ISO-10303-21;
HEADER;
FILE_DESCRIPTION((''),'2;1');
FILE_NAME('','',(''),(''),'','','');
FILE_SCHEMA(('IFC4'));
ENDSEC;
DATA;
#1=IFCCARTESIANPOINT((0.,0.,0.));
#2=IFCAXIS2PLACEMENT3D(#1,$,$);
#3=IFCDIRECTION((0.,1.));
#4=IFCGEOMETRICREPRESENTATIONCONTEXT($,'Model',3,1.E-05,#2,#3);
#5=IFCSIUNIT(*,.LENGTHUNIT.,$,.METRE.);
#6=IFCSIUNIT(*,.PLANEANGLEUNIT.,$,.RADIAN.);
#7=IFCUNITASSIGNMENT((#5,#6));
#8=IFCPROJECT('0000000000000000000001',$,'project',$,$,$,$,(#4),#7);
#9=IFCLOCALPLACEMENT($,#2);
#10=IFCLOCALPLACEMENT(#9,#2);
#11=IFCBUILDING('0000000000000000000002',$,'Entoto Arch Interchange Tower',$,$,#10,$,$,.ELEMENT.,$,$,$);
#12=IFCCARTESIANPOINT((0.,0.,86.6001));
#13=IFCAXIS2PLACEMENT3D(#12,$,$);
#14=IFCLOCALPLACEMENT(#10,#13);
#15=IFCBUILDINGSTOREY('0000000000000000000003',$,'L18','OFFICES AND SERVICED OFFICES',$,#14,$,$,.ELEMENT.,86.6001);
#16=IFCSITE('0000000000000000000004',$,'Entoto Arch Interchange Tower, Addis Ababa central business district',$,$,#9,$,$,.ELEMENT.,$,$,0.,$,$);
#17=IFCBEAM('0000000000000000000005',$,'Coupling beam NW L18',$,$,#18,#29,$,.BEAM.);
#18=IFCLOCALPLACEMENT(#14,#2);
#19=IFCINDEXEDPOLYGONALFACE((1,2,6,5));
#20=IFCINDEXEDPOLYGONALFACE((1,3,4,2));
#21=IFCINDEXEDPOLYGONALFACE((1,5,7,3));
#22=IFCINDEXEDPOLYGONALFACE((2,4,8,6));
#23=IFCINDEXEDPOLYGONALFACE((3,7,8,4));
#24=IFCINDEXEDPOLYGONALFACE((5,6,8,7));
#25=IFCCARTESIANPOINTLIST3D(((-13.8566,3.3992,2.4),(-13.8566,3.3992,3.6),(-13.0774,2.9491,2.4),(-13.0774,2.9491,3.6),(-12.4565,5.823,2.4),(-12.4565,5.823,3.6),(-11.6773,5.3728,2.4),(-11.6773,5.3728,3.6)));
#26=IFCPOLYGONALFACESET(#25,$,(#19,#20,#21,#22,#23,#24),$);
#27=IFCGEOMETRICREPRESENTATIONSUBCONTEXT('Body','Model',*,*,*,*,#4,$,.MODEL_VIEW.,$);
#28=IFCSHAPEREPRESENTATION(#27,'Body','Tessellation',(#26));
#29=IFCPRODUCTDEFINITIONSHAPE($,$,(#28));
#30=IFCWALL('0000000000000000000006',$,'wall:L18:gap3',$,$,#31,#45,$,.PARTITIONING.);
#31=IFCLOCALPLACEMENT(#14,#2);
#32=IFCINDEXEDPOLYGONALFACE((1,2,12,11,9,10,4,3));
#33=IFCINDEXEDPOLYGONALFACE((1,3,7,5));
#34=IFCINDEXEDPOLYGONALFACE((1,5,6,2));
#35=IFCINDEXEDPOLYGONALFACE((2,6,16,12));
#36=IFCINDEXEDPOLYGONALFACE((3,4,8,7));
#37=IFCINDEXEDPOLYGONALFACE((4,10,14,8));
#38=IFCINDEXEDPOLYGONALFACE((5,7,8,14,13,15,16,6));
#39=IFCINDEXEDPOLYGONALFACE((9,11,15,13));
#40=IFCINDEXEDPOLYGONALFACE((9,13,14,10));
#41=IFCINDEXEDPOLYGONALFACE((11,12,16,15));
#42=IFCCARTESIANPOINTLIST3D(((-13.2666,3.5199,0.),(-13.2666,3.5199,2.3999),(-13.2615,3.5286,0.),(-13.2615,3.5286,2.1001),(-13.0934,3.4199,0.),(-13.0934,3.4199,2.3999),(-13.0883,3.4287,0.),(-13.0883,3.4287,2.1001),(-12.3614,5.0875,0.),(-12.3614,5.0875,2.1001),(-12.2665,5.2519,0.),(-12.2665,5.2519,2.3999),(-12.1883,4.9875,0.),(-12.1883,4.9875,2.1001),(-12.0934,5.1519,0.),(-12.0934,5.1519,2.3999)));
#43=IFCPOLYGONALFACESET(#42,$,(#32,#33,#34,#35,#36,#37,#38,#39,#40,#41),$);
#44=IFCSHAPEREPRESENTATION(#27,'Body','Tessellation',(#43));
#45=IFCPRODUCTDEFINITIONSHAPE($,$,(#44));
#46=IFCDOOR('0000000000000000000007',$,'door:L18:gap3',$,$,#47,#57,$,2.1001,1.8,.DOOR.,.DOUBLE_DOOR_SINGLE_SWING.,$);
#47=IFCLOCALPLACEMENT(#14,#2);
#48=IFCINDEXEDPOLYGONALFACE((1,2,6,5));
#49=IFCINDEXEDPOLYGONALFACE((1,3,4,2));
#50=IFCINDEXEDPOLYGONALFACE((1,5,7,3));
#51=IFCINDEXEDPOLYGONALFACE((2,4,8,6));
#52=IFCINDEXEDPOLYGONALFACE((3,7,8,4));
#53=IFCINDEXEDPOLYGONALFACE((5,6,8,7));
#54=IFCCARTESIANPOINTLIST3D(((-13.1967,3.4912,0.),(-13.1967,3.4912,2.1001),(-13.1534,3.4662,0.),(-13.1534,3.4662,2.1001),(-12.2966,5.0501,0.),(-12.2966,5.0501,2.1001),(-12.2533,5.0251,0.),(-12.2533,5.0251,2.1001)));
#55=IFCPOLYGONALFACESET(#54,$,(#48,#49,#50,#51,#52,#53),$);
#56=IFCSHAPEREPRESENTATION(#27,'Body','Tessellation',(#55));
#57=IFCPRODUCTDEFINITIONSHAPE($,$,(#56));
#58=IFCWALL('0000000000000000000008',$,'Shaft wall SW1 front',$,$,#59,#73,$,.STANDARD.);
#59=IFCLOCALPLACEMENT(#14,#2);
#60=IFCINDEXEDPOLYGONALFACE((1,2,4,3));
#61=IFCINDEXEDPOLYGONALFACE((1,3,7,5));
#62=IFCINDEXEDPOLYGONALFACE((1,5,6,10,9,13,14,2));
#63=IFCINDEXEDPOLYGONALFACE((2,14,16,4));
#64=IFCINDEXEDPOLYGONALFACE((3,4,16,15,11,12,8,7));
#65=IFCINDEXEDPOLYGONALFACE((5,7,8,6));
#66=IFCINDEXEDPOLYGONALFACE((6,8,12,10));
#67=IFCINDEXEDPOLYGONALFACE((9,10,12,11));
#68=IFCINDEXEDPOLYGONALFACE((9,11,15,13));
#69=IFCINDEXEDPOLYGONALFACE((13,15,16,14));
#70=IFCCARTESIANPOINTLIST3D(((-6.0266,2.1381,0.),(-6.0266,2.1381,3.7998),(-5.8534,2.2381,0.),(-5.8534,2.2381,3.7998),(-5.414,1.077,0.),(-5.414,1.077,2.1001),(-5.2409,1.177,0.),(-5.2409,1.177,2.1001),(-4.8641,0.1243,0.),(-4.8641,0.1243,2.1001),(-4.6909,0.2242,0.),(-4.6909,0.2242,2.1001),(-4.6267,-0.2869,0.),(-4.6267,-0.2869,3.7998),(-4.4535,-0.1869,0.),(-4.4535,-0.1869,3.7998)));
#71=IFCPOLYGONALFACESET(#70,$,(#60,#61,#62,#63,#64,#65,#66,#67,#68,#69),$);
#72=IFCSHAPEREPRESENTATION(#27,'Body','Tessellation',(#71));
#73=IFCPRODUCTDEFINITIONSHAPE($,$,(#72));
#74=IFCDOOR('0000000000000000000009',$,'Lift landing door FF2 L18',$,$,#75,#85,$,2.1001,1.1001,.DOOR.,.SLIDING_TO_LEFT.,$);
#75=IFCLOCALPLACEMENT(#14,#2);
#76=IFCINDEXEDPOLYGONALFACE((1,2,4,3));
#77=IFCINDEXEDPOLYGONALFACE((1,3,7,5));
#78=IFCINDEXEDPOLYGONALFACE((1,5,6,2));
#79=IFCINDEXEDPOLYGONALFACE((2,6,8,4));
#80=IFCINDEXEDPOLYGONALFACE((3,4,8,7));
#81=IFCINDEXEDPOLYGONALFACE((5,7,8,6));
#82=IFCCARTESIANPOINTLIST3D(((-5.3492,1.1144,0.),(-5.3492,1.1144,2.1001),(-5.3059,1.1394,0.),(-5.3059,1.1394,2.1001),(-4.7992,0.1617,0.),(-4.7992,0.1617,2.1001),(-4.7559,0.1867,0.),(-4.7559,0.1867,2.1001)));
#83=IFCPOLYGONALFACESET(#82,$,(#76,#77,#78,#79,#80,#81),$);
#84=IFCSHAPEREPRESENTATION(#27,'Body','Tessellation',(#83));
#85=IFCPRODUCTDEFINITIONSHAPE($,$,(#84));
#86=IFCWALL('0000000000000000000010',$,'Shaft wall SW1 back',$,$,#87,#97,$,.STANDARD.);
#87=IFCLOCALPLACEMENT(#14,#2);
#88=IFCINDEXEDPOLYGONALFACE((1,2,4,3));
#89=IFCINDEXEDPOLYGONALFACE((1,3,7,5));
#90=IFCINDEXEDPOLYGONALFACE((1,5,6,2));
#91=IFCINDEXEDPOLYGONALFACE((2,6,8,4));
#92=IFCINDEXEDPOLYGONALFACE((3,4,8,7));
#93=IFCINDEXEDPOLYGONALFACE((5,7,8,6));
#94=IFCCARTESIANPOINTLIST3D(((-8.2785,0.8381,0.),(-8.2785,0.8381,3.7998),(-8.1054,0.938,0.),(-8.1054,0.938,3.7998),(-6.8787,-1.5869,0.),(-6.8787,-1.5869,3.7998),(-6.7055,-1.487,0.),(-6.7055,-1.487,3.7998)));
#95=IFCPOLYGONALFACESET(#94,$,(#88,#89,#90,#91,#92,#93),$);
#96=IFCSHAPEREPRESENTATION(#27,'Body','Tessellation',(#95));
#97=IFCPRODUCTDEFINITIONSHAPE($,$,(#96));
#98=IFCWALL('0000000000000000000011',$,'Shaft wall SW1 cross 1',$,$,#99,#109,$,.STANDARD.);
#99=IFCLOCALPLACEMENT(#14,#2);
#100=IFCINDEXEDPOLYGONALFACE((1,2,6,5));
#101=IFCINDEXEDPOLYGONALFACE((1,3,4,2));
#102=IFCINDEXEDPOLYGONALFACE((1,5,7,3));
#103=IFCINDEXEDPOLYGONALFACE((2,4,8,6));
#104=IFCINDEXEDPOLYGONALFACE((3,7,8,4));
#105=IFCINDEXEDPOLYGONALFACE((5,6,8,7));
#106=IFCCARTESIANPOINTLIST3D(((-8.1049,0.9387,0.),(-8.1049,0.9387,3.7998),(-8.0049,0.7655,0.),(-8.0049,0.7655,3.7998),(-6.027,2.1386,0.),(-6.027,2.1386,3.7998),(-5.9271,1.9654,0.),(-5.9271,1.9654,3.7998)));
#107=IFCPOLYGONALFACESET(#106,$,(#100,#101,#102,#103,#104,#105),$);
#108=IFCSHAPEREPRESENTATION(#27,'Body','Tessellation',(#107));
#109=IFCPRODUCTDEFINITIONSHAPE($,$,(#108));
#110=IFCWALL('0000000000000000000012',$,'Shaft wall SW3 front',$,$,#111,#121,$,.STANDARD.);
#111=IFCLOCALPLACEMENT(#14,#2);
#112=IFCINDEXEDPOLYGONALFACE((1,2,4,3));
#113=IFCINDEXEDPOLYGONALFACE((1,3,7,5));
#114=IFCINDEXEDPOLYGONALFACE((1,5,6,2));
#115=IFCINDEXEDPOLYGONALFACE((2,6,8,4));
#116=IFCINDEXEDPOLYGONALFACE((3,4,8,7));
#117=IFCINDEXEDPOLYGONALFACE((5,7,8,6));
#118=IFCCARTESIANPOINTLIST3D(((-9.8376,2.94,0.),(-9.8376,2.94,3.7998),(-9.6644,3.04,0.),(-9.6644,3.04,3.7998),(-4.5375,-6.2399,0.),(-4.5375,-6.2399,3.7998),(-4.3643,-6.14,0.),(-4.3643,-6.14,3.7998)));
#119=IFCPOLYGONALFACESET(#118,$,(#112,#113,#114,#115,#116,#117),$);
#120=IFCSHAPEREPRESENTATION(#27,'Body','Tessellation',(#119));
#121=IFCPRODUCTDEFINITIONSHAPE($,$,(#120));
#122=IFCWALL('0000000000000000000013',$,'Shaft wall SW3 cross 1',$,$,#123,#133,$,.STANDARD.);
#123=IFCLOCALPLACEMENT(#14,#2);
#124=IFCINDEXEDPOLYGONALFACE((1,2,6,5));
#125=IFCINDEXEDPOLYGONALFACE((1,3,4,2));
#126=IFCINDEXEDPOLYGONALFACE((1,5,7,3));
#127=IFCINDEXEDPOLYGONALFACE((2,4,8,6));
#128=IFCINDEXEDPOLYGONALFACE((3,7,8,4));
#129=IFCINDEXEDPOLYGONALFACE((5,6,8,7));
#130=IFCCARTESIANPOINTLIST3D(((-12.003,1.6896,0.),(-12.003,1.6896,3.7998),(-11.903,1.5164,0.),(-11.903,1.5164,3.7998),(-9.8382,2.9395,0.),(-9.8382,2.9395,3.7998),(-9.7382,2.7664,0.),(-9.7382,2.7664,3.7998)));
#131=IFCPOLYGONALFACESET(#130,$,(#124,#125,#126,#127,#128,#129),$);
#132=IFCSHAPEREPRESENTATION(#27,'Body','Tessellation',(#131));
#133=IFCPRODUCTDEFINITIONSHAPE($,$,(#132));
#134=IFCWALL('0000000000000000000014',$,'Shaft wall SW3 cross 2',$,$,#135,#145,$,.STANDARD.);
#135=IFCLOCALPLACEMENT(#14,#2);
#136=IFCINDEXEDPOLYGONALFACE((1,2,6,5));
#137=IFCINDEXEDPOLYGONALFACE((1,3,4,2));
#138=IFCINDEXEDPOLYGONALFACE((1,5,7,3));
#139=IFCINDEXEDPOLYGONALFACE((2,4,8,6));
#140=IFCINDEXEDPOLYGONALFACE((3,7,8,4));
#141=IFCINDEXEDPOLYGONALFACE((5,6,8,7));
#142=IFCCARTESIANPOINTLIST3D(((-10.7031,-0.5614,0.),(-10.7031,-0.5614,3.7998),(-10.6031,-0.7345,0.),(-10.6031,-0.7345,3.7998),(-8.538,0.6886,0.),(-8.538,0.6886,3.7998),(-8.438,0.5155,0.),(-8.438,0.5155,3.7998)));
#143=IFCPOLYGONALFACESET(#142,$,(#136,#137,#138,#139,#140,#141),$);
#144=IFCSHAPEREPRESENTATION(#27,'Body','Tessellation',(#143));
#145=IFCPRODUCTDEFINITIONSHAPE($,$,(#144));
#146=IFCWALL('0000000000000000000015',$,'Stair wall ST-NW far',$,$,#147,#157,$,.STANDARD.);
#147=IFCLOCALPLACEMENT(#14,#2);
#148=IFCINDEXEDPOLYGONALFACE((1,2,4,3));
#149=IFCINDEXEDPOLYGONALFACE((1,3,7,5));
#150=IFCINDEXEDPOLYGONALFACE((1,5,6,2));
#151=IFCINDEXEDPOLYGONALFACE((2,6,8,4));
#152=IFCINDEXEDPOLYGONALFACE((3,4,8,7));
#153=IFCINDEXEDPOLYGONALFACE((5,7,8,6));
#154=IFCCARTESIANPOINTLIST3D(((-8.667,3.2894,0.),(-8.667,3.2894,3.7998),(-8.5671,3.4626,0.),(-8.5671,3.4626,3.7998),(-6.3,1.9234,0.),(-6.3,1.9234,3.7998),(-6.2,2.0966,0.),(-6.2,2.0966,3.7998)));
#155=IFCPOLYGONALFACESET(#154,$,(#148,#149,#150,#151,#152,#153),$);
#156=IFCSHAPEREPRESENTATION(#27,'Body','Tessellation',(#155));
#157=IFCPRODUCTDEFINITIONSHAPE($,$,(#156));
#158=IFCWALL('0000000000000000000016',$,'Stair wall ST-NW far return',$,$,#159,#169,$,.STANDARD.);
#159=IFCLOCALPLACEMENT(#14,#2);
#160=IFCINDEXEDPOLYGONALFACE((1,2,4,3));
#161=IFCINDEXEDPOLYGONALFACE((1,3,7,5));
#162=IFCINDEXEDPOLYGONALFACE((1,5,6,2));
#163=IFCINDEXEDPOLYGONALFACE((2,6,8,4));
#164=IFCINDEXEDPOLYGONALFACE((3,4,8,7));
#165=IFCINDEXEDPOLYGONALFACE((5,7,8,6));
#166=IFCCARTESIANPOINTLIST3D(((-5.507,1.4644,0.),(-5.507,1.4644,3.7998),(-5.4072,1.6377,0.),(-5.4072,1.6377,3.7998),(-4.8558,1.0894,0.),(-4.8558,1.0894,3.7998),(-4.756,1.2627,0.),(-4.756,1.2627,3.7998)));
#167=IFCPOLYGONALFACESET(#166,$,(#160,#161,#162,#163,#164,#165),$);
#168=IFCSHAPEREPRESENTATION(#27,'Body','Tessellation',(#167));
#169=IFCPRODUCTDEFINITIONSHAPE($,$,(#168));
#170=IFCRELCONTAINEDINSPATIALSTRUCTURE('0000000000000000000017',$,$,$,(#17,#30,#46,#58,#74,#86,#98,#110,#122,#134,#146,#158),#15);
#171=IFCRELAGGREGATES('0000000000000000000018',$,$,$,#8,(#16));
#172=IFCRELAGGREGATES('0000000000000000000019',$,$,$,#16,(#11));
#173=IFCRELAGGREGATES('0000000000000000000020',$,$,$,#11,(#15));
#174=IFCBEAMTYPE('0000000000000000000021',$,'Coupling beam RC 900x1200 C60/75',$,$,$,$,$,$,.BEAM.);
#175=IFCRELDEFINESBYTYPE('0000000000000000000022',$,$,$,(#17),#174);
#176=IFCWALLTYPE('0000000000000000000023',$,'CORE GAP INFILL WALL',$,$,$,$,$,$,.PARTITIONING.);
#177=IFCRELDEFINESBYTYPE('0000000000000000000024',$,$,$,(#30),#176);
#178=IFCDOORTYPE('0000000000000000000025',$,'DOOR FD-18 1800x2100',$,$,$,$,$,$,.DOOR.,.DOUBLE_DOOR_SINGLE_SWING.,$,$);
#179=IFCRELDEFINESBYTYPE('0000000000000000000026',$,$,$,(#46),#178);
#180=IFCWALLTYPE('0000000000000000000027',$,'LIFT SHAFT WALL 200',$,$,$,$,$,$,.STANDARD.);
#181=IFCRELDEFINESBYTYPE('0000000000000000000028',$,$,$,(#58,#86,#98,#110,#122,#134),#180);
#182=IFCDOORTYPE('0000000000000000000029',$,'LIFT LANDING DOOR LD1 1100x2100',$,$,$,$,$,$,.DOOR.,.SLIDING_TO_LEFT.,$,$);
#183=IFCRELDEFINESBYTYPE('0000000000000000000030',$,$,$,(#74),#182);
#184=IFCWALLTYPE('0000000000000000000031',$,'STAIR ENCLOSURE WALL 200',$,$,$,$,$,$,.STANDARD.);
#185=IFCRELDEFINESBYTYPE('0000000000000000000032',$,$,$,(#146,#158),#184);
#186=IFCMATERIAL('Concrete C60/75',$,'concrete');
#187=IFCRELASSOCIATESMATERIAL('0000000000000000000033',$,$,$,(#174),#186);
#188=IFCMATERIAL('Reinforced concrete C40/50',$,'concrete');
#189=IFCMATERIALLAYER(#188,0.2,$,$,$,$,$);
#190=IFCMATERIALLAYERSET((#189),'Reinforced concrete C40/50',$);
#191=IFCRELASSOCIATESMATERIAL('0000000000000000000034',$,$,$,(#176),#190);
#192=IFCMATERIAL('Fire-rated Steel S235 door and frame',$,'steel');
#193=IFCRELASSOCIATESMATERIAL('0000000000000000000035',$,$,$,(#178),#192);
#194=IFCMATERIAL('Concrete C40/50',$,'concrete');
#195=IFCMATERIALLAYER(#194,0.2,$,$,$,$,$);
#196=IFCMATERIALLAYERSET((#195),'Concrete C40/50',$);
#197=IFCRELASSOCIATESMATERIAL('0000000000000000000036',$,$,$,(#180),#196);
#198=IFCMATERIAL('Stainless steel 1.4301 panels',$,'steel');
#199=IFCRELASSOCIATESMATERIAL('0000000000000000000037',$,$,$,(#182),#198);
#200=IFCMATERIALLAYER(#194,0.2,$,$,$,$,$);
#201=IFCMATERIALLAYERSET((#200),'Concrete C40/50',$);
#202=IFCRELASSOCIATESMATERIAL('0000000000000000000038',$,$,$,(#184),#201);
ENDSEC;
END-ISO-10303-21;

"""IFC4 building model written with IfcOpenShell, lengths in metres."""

from ifc_helpers import new_model, si_unit, direction, frame, frame_2d, origin, origin_2d, place, context, subcontext, project, spatial, rectangle, extrude, material, layer, layer_set, material_profile, profile_set, type_object, element, fill, save


model = new_model("IFC4")

# Units and contexts
model_context = context("Model", 3, precision=1e-05, world=origin(), true_north=direction((0.0, 1.0)))
body_context = subcontext(model_context, "Body", "Model", "MODEL_VIEW")
ifc_project = project(units=[si_unit("LENGTHUNIT", "METRE"), si_unit("PLANEANGLEUNIT", "RADIAN")], contexts=[model_context])

# Site, building, storey
site_placement = place(None, origin())
site = spatial("IfcSite", under=ifc_project, at=site_placement, Name="Entoto Arch Interchange Tower, Addis Ababa central business district", CompositionType="ELEMENT", RefElevation=0.0)
building_placement = place(site_placement, origin())
building = spatial("IfcBuilding", under=site, at=building_placement, Name="Entoto Arch Interchange Tower", CompositionType="ELEMENT")
storey_placement = place(building_placement, frame((0.0, 0.0, 86.6001)))
storey = spatial("IfcBuildingStorey", under=building, at=storey_placement, Name="L18", Description="OFFICES AND SERVICED OFFICES", CompositionType="ELEMENT", Elevation=86.6001)

# Beam
ifc_material_1 = material(Name="Concrete C60/75", Category="concrete")
ifc_material_profile = material_profile(ifc_material_1, rectangle(XDim=0.8999, YDim=1.2, at=origin_2d()))
ifc_profile_set = profile_set([ifc_material_profile], Name="Concrete C60/75")
beam_type = type_object("IfcBeamType", Name="Coupling beam RC 900x1200 C60/75", PredefinedType="BEAM", material=ifc_profile_set)
beam_placement = place(storey_placement, frame((-12.0669, 5.5979, 3.0), z_axis=(-0.500201, -0.86591, 0.0), x_axis=(0.86591, -0.500201, 0.0)))
element("IfcBeam", 1, at=beam_placement, inside=storey, type_object=beam_type, Name="Coupling beam NW L18", PredefinedType="BEAM", context=body_context, shape_type="SweptSolid", body=[
    extrude(rectangle(XDim=0.8999, YDim=1.2, at=origin_2d()), origin(), (0.0, 0.0, 1.0), 2.7991),
])

# Walls, openings, doors
ifc_material_2 = material(Name="Reinforced concrete C40/50", Category="concrete")
ifc_layer_1 = layer(ifc_material_2, 0.2)
ifc_layer_set_1 = layer_set([ifc_layer_1], Name="Reinforced concrete C40/50")
wall_type_1 = type_object("IfcWallType", Name="CORE GAP INFILL WALL", PredefinedType="PARTITIONING", material=ifc_layer_set_1)
wall_1_placement = place(storey_placement, frame((-12.1799, 5.2019, 0.0), z_axis=(0.0, 0.0, 1.0), x_axis=(-0.500025, -0.866011, 0.0)))
wall_1 = element("IfcWall", 2, at=wall_1_placement, inside=storey, type_object=wall_type_1, Name="wall:L18:gap3", PredefinedType="PARTITIONING", context=body_context, shape_type="SweptSolid", body=[
    extrude(rectangle(XDim=2.0, YDim=0.2, at=frame_2d((1.0, 0.0))), origin(), (0.0, 0.0, 1.0), 2.3999),
])
opening_1_placement = place(wall_1_placement, frame((0.1899, 0.0, 0.0)))
opening_1 = element("IfcOpeningElement", 3, at=opening_1_placement, cuts=wall_1, PredefinedType="OPENING", context=body_context, shape_type="SweptSolid", body=[
    extrude(rectangle(XDim=1.8, YDim=2.1001, at=frame_2d((0.8999, 1.05))), frame((0.0, 0.1099, 0.0), z_axis=(0.0, -1.0, 0.0), x_axis=(1.0, 0.0, 0.0)), (0.0, 0.0, 1.0), 0.22),
])
ifc_material_3 = material(Name="Fire-rated Steel S235 door and frame", Category="steel")
door_type_1 = type_object("IfcDoorType", Name="DOOR FD-18 1800x2100", OperationType="DOUBLE_DOOR_SINGLE_SWING", PredefinedType="DOOR", material=ifc_material_3)
door_1_placement = place(opening_1_placement, origin())
door_1 = element("IfcDoor", 4, at=door_1_placement, inside=storey, type_object=door_type_1, Name="door:L18:gap3", OperationType="DOUBLE_DOOR_SINGLE_SWING", OverallHeight=2.1001, OverallWidth=1.8, PredefinedType="DOOR", context=body_context, shape_type="SweptSolid", body=[
    extrude(rectangle(XDim=1.8, YDim=2.1001, at=frame_2d((0.8999, 1.05))), frame((0.0, 0.0249, 0.0), z_axis=(0.0, -1.0, 0.0), x_axis=(1.0, 0.0, 0.0)), (0.0, 0.0, 1.0), 0.05),
])
fill(opening_1, door_1)
ifc_material_4 = material(Name="Concrete C40/50", Category="concrete")
ifc_layer_2 = layer(ifc_material_4, 0.2)
ifc_layer_set_2 = layer_set([ifc_layer_2], Name="Concrete C40/50")
wall_type_2 = type_object("IfcWallType", Name="LIFT SHAFT WALL 200", PredefinedType="STANDARD", material=ifc_layer_set_2)
wall_2_placement = place(storey_placement, frame((-5.9399, 2.188, 0.0), z_axis=(0.0, 0.0, 1.0), x_axis=(0.499946, -0.866056, 0.0)))
wall_2 = element("IfcWall", 5, at=wall_2_placement, inside=storey, type_object=wall_type_2, Name="Shaft wall SW1 front", PredefinedType="STANDARD", context=body_context, shape_type="SweptSolid", body=[
    extrude(rectangle(XDim=2.8, YDim=0.2, at=frame_2d((1.3999, 0.0))), origin(), (0.0, 0.0, 1.0), 3.7998),
])
opening_2_placement = place(wall_2_placement, frame((1.2251, 0.0, 0.0)))
opening_2 = element("IfcOpeningElement", 6, at=opening_2_placement, cuts=wall_2, PredefinedType="OPENING", context=body_context, shape_type="SweptSolid", body=[
    extrude(rectangle(XDim=1.1001, YDim=2.1001, at=frame_2d((0.55, 1.05))), frame((0.0, 0.1099, 0.0), z_axis=(0.0, -1.0, 0.0), x_axis=(1.0, 0.0, 0.0)), (0.0, 0.0, 1.0), 0.22),
])
ifc_material_5 = material(Name="Stainless steel 1.4301 panels", Category="steel")
door_type_2 = type_object("IfcDoorType", Name="LIFT LANDING DOOR LD1 1100x2100", OperationType="SLIDING_TO_LEFT", PredefinedType="DOOR", material=ifc_material_5)
door_2_placement = place(opening_2_placement, origin())
door_2 = element("IfcDoor", 7, at=door_2_placement, inside=storey, type_object=door_type_2, Name="Lift landing door FF2 L18", OperationType="SLIDING_TO_LEFT", OverallHeight=2.1001, OverallWidth=1.1001, PredefinedType="DOOR", context=body_context, shape_type="SweptSolid", body=[
    extrude(rectangle(XDim=1.1001, YDim=2.1001, at=frame_2d((0.55, 1.05))), frame((0.0, 0.0249, 0.0), z_axis=(0.0, -1.0, 0.0), x_axis=(1.0, 0.0, 0.0)), (0.0, 0.0, 1.0), 0.05),
])
fill(opening_2, door_2)

# Walls
wall_3_placement = place(storey_placement, frame((-8.1919, 0.8879, 0.0), z_axis=(0.0, 0.0, 1.0), x_axis=(0.499946, -0.866056, 0.0)))
element("IfcWall", 8, at=wall_3_placement, inside=storey, type_object=wall_type_2, Name="Shaft wall SW1 back", PredefinedType="STANDARD", context=body_context, shape_type="SweptSolid", body=[
    extrude(rectangle(XDim=2.8, YDim=0.2, at=frame_2d((1.3999, 0.0))), origin(), (0.0, 0.0, 1.0), 3.7998),
])
wall_4_placement = place(storey_placement, frame((-5.9771, 2.052, 0.0), z_axis=(0.0, 0.0, 1.0), x_axis=(-0.865974, -0.500089, 0.0)))
element("IfcWall", 9, at=wall_4_placement, inside=storey, type_object=wall_type_2, Name="Shaft wall SW1 cross 1", PredefinedType="STANDARD", context=body_context, shape_type="SweptSolid", body=[
    extrude(rectangle(XDim=2.3994, YDim=0.2, at=frame_2d((1.1997, 0.0))), origin(), (0.0, 0.0, 1.0), 3.7998),
])
wall_5_placement = place(storey_placement, frame((-9.751, 2.99, 0.0), z_axis=(0.0, 0.0, 1.0), x_axis=(0.500001, -0.866025, 0.0)))
element("IfcWall", 10, at=wall_5_placement, inside=storey, type_object=wall_type_2, Name="Shaft wall SW3 front", PredefinedType="STANDARD", context=body_context, shape_type="SweptSolid", body=[
    extrude(rectangle(XDim=10.6001, YDim=0.2, at=frame_2d((5.3, 0.0))), origin(), (0.0, 0.0, 1.0), 3.7998),
])
wall_6_placement = place(storey_placement, frame((-9.7881, 2.853, 0.0), z_axis=(0.0, 0.0, 1.0), x_axis=(-0.865999, -0.500047, 0.0)))
element("IfcWall", 11, at=wall_6_placement, inside=storey, type_object=wall_type_2, Name="Shaft wall SW3 cross 1", PredefinedType="STANDARD", context=body_context, shape_type="SweptSolid", body=[
    extrude(rectangle(XDim=2.4998, YDim=0.2, at=frame_2d((1.25, 0.0))), origin(), (0.0, 0.0, 1.0), 3.7998),
])
wall_7_placement = place(storey_placement, frame((-8.488, 0.6021, 0.0), z_axis=(0.0, 0.0, 1.0), x_axis=(-0.866023, -0.500004, 0.0)))
element("IfcWall", 12, at=wall_7_placement, inside=storey, type_object=wall_type_2, Name="Shaft wall SW3 cross 2", PredefinedType="STANDARD", context=body_context, shape_type="SweptSolid", body=[
    extrude(rectangle(XDim=2.5, YDim=0.2, at=frame_2d((1.25, 0.0))), origin(), (0.0, 0.0, 1.0), 3.7998),
])
ifc_layer_3 = layer(ifc_material_4, 0.2)
ifc_layer_set_3 = layer_set([ifc_layer_3], Name="Concrete C40/50")
wall_type_3 = type_object("IfcWallType", Name="STAIR ENCLOSURE WALL 200", PredefinedType="STANDARD", material=ifc_layer_set_3)
wall_8_placement = place(storey_placement, frame((-6.25, 2.01, 0.0), z_axis=(0.0, 0.0, 1.0), x_axis=(-0.866119, 0.499838, 0.0)))
element("IfcWall", 13, at=wall_8_placement, inside=storey, type_object=wall_type_3, Name="Stair wall ST-NW far", PredefinedType="STANDARD", context=body_context, shape_type="SweptSolid", body=[
    extrude(rectangle(XDim=2.7329, YDim=0.2, at=frame_2d((1.3665, 0.0))), origin(), (0.0, 0.0, 1.0), 3.7998),
])
wall_9_placement = place(storey_placement, frame((-4.8059, 1.176, 0.0), z_axis=(0.0, 0.0, 1.0), x_axis=(-0.866559, 0.499075, 0.0)))
element("IfcWall", 14, at=wall_9_placement, inside=storey, type_object=wall_type_3, Name="Stair wall ST-NW far return", PredefinedType="STANDARD", context=body_context, shape_type="SweptSolid", body=[
    extrude(rectangle(XDim=0.7515, YDim=0.2, at=frame_2d((0.3757, 0.0))), origin(), (0.0, 0.0, 1.0), 3.7998),
])

save(model, "model.ifc")
